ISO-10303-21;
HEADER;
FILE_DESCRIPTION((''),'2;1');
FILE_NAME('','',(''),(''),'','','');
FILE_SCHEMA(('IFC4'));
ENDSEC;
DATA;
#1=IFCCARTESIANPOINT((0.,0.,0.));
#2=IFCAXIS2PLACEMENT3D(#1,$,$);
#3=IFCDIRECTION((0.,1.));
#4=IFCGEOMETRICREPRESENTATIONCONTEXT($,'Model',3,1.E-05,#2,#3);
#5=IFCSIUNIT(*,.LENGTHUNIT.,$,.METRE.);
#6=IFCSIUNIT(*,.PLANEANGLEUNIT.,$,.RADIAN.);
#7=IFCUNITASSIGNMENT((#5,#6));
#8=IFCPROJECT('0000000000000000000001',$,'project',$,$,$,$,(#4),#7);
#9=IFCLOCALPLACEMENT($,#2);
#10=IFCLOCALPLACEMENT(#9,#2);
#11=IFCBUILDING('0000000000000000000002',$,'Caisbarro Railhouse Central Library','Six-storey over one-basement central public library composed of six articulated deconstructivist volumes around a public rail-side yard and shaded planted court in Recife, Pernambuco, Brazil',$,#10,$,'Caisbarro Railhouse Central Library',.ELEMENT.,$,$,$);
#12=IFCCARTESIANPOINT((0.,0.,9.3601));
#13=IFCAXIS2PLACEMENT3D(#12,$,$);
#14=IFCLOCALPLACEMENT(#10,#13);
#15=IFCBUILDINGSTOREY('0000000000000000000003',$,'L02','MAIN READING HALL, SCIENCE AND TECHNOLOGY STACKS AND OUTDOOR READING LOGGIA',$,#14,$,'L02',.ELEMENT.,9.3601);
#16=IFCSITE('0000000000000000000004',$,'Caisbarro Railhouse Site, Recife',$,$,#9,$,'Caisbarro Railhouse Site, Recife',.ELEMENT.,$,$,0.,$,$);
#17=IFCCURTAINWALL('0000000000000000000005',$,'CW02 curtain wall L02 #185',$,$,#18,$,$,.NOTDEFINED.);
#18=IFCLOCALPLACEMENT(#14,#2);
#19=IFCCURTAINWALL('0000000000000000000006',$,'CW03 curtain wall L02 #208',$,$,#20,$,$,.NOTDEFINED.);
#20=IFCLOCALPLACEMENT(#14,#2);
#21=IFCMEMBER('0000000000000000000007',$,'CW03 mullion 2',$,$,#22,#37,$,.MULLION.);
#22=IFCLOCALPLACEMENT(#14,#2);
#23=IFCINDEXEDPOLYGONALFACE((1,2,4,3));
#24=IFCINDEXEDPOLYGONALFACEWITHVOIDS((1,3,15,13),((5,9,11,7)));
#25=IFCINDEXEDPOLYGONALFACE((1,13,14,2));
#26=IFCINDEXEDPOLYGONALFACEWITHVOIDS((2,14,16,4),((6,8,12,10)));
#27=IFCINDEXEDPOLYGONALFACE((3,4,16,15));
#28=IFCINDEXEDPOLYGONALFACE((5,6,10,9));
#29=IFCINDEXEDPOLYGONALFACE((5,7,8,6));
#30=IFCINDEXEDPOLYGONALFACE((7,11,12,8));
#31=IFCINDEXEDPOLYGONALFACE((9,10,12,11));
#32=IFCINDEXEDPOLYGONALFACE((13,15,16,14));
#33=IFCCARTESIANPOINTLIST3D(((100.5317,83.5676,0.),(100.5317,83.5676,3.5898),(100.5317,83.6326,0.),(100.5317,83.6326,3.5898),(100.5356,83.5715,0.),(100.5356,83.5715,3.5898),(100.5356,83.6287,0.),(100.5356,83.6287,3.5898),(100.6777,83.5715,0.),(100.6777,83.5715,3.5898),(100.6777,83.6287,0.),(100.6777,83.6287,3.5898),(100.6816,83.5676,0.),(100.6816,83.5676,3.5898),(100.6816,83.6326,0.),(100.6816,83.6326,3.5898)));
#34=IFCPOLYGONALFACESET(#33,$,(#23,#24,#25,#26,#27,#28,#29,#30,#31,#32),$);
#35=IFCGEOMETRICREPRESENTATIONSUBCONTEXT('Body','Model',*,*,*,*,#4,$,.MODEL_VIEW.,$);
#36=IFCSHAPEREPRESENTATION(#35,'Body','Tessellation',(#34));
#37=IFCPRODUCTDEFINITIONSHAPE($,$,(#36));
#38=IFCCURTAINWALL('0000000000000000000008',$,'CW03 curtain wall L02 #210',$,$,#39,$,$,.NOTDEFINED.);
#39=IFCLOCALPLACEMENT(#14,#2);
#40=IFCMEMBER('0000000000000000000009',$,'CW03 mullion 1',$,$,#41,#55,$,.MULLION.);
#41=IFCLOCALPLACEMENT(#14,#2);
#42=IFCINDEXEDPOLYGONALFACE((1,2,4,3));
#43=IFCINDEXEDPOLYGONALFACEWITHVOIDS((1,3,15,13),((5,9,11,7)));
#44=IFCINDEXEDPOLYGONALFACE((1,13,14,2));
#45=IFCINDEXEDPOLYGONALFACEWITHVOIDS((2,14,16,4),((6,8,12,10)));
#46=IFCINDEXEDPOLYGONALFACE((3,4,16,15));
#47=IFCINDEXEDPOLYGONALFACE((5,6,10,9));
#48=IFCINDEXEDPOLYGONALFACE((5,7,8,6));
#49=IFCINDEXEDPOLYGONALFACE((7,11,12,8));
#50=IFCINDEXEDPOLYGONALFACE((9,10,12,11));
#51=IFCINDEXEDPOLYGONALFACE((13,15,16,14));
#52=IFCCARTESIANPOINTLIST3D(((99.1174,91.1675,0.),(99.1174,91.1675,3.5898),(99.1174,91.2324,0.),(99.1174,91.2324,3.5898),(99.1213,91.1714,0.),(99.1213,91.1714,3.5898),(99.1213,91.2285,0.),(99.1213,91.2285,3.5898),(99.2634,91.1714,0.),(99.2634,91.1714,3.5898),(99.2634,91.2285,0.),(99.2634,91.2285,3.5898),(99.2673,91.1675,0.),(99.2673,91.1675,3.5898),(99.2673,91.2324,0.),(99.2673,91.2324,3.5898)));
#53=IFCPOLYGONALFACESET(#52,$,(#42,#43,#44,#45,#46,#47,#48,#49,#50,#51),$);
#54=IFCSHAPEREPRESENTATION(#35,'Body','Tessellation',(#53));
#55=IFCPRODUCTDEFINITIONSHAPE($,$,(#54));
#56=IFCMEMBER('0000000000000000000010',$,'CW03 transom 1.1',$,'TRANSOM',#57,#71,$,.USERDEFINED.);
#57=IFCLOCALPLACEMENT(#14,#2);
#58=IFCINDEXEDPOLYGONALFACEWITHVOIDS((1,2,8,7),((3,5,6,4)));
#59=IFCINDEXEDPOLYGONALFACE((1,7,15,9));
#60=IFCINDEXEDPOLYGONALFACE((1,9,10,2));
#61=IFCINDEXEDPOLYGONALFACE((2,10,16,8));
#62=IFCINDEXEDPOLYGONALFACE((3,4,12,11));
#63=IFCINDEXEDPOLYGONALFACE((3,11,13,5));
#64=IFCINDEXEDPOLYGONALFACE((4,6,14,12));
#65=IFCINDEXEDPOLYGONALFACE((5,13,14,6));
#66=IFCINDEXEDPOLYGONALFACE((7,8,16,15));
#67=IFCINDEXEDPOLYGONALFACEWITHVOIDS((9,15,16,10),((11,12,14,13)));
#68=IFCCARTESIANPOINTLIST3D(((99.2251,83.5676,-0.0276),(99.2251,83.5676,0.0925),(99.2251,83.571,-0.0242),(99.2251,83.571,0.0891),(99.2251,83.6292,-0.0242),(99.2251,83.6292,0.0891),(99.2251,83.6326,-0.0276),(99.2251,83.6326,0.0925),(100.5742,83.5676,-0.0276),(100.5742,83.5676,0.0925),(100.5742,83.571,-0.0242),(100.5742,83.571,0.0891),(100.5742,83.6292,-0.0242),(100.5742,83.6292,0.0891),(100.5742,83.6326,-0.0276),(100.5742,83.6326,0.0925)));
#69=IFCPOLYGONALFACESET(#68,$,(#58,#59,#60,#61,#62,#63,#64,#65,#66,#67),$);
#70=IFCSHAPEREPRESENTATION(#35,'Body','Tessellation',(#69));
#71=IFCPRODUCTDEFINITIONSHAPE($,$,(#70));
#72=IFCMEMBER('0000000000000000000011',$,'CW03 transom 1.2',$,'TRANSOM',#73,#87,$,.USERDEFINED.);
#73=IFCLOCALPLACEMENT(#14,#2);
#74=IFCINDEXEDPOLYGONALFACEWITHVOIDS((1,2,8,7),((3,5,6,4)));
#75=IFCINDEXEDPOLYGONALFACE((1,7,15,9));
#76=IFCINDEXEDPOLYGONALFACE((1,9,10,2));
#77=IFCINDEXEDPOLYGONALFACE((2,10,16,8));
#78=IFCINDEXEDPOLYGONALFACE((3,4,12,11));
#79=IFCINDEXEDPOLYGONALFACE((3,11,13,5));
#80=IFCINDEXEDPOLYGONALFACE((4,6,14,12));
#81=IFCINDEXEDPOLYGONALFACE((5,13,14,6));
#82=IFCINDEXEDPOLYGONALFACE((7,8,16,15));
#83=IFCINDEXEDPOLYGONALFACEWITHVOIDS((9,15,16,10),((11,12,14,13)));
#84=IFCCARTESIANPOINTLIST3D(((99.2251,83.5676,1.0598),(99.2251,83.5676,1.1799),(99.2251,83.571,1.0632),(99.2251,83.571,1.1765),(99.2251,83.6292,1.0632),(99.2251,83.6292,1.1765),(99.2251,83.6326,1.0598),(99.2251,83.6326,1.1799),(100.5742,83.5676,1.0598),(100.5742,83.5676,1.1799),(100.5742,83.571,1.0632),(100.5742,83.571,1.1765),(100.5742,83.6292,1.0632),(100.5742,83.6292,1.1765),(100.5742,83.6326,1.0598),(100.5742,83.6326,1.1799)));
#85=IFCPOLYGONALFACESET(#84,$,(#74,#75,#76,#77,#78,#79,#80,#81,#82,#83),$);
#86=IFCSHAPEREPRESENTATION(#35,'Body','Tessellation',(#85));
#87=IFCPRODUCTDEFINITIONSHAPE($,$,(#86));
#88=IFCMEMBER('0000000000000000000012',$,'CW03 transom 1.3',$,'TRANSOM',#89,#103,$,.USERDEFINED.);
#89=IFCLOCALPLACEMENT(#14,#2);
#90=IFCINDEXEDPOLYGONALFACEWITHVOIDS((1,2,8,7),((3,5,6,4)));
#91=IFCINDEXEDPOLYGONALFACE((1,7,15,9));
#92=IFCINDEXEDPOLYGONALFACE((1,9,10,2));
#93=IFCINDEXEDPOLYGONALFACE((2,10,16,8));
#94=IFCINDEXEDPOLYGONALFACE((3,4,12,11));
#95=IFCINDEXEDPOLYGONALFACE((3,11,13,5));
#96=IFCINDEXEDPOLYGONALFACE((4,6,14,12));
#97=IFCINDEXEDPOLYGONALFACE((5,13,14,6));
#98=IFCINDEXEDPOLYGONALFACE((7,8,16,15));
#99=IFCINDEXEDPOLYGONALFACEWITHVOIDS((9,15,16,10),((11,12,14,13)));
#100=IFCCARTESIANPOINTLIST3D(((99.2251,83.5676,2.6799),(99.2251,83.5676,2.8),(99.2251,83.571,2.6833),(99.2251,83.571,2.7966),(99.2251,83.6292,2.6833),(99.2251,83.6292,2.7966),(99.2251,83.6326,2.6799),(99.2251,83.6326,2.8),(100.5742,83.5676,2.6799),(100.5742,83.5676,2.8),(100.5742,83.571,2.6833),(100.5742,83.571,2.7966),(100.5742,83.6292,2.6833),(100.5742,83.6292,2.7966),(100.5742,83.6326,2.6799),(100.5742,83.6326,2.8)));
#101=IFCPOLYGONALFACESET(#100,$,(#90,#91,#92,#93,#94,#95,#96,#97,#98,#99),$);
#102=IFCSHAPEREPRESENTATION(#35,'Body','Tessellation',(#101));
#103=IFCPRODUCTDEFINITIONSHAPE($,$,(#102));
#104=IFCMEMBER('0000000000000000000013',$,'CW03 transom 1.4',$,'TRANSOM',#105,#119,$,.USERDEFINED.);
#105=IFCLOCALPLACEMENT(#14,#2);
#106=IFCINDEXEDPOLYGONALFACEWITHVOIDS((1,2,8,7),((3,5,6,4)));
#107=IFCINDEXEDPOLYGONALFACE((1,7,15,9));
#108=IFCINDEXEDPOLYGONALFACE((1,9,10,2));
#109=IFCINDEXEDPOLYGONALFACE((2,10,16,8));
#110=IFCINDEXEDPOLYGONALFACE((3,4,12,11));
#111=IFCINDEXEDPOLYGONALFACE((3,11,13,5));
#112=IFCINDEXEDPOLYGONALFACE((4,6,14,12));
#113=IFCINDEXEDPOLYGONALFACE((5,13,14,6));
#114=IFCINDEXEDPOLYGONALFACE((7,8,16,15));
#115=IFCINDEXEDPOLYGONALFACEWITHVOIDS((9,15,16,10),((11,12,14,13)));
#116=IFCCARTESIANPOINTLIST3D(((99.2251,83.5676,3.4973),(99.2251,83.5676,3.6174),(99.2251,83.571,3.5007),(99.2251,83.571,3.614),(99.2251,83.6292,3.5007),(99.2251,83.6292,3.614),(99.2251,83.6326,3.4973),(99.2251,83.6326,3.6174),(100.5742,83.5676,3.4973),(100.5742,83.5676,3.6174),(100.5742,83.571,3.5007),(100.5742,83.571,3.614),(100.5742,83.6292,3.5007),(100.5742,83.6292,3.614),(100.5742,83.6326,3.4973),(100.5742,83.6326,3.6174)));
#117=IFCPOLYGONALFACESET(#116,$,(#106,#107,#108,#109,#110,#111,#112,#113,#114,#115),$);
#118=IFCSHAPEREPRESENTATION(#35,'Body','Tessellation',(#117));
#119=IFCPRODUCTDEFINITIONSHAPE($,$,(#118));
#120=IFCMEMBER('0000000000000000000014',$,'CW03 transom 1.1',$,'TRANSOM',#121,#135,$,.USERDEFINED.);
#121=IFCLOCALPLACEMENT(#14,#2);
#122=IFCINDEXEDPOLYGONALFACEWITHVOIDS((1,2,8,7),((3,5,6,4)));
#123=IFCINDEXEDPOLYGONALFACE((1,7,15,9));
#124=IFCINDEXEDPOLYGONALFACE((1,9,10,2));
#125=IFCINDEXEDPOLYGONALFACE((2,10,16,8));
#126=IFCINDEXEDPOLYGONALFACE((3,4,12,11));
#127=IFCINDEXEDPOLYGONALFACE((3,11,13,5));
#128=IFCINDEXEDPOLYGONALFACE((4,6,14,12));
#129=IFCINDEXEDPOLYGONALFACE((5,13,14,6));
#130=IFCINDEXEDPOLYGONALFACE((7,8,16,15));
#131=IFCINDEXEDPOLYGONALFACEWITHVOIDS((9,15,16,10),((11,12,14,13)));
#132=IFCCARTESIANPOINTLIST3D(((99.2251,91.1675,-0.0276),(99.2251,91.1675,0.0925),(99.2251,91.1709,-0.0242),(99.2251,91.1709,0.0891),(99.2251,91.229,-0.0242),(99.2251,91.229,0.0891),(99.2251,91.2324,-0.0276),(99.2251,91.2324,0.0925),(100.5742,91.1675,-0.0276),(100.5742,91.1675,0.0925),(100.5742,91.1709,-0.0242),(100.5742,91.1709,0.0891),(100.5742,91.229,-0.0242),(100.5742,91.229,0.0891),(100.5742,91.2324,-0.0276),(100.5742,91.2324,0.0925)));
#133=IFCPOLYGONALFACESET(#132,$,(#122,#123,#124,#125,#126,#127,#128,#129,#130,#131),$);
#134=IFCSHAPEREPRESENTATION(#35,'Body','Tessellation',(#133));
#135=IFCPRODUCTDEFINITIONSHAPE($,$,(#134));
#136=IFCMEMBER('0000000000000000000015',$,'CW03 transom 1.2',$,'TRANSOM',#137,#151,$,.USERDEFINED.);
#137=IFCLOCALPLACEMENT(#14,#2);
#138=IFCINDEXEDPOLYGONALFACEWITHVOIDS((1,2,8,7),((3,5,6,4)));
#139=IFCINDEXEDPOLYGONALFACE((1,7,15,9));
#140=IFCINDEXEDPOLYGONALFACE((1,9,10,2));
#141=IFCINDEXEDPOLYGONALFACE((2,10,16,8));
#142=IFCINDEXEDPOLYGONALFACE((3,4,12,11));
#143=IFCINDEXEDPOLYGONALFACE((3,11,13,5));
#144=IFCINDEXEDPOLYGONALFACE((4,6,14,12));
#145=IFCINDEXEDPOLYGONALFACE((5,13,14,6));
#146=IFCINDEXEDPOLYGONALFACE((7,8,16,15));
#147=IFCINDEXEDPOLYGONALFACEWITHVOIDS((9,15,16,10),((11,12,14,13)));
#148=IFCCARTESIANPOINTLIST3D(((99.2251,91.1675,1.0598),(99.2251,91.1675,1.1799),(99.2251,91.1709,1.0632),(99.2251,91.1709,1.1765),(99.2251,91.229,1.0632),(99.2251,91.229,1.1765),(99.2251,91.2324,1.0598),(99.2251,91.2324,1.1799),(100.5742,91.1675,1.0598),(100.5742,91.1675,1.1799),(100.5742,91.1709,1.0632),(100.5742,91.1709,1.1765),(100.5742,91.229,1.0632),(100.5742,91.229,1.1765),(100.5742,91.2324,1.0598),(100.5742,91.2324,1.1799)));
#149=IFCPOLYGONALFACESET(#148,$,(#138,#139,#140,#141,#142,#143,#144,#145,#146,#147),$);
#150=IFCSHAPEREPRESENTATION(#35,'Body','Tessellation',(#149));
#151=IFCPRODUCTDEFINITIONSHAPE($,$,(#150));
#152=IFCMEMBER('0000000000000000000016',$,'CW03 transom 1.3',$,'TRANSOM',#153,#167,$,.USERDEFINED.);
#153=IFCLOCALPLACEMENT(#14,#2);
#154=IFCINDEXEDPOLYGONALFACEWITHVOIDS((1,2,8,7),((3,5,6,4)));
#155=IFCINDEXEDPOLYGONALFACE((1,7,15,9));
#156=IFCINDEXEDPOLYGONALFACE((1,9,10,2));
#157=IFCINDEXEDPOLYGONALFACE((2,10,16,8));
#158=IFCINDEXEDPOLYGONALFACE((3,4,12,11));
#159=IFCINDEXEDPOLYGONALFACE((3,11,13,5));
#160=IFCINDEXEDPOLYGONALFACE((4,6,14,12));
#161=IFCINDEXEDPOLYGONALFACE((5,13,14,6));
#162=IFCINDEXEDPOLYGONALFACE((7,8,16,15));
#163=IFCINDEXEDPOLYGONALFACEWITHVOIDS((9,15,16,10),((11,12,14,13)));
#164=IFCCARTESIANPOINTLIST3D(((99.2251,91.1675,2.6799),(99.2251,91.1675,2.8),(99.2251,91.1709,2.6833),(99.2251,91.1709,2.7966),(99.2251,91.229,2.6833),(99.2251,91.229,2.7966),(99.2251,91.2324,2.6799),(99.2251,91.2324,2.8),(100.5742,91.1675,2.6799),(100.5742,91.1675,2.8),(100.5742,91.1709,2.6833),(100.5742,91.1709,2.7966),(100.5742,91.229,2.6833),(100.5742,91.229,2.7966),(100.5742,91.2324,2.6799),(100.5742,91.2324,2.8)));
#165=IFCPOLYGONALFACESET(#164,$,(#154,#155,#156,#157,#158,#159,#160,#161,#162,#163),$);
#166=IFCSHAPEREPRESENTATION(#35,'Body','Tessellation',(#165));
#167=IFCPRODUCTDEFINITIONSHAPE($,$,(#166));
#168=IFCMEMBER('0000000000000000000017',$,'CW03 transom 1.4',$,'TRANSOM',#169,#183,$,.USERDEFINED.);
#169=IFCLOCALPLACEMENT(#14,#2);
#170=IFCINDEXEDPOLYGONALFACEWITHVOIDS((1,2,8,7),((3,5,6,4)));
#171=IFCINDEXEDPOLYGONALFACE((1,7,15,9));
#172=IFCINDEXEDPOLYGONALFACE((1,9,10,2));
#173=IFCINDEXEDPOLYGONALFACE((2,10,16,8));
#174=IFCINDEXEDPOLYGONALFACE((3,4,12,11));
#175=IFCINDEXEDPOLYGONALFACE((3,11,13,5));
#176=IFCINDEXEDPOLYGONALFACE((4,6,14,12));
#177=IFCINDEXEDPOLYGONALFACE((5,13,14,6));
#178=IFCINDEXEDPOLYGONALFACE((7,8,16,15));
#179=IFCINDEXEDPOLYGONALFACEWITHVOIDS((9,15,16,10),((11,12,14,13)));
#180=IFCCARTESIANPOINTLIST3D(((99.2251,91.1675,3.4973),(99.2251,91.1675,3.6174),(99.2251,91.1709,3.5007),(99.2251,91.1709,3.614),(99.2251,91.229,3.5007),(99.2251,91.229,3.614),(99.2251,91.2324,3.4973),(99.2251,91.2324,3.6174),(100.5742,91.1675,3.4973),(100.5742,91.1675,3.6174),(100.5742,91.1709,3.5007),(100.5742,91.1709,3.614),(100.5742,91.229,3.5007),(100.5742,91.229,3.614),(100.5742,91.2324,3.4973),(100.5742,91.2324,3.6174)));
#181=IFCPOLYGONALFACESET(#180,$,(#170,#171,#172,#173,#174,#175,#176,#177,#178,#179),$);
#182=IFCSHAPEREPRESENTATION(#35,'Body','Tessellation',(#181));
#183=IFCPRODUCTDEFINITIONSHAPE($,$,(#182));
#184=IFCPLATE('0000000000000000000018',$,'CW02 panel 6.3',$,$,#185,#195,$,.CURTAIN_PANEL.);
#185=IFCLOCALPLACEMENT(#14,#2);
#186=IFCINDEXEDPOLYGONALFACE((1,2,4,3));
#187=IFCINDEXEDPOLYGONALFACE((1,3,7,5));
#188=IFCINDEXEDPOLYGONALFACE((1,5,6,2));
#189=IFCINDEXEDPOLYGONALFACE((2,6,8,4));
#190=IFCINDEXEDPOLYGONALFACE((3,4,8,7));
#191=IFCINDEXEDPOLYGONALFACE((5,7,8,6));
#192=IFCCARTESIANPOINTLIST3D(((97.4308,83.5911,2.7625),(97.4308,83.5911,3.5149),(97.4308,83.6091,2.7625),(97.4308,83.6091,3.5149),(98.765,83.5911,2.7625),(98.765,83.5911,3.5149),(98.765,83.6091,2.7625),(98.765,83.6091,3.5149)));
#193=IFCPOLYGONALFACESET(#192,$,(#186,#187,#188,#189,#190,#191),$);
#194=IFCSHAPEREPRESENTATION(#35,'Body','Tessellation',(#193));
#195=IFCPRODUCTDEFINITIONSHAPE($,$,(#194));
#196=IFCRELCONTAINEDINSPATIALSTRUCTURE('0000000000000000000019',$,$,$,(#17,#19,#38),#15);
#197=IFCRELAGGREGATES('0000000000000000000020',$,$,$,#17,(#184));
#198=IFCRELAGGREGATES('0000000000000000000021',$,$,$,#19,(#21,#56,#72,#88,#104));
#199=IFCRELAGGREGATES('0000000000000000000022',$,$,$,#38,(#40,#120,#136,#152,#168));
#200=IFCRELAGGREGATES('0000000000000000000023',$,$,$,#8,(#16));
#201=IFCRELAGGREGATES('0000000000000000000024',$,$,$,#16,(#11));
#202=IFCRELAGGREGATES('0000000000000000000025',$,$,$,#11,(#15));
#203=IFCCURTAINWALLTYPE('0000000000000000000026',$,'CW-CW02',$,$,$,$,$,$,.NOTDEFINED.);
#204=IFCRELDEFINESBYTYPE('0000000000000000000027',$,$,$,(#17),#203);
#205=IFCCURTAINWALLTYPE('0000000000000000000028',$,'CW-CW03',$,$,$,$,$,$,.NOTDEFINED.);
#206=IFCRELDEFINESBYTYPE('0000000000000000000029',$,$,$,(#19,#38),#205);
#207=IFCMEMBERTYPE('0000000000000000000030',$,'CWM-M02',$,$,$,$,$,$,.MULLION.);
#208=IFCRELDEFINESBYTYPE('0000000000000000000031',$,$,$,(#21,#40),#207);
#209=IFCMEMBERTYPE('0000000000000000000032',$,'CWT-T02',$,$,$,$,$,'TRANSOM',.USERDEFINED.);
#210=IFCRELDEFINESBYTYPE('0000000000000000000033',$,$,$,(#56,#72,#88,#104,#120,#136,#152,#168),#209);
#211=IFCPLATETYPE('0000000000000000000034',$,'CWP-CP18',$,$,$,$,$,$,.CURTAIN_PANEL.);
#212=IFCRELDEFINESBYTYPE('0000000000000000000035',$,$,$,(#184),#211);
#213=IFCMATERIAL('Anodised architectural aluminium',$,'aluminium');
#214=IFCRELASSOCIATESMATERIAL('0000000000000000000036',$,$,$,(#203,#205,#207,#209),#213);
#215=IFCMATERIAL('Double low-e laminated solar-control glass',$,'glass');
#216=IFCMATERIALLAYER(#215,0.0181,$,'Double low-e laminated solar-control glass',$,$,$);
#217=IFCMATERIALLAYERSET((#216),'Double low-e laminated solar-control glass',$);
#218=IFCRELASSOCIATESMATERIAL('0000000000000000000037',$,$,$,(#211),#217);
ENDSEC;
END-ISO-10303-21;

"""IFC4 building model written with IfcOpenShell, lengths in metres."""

from ifc_helpers import new_model, si_unit, direction, frame, origin, origin_2d, place, context, subcontext, project, spatial, rectangle, hollow_rectangle, extrude, material, layer, layer_set, material_profile, profile_set, type_object, element, aggregate, save


model = new_model("IFC4")

# Units and contexts
model_context = context("Model", 3, precision=1e-05, world=origin(), true_north=direction((0.0, 1.0)))
body_context = subcontext(model_context, "Body", "Model", "MODEL_VIEW")
ifc_project = project(units=[si_unit("LENGTHUNIT", "METRE"), si_unit("PLANEANGLEUNIT", "RADIAN")], contexts=[model_context])

# Site, building, storey
site_placement = place(None, origin())
site = spatial("IfcSite", under=ifc_project, at=site_placement, Name="Caisbarro Railhouse Site, Recife", LongName="Caisbarro Railhouse Site, Recife", CompositionType="ELEMENT", RefElevation=0.0)
building_placement = place(site_placement, origin())
building = spatial("IfcBuilding", under=site, at=building_placement, Name="Caisbarro Railhouse Central Library", Description="Six-storey over one-basement central public library composed of six articulated deconstructivist volumes around a public rail-side yard and shaded planted court in Recife, Pernambuco, Brazil", LongName="Caisbarro Railhouse Central Library", CompositionType="ELEMENT")
storey_placement = place(building_placement, frame((0.0, 0.0, 9.3601)))
storey = spatial("IfcBuildingStorey", under=building, at=storey_placement, Name="L02", Description="MAIN READING HALL, SCIENCE AND TECHNOLOGY STACKS AND OUTDOOR READING LOGGIA", LongName="L02", CompositionType="ELEMENT", Elevation=9.3601)

# Curtain wall
ifc_material_1 = material(Name="Anodised architectural aluminium", Category="aluminium")
curtain_wall_type_1 = type_object("IfcCurtainWallType", Name="CW-CW02", PredefinedType="NOTDEFINED", material=ifc_material_1)
curtain_wall_1_placement = place(storey_placement, origin())
curtain_wall_1 = element("IfcCurtainWall", 1, at=curtain_wall_1_placement, inside=storey, type_object=curtain_wall_type_1, Name="CW02 curtain wall L02 #185", PredefinedType="NOTDEFINED")

# Curtain wall, member
curtain_wall_type_2 = type_object("IfcCurtainWallType", Name="CW-CW03", PredefinedType="NOTDEFINED", material=ifc_material_1)
curtain_wall_2_placement = place(storey_placement, origin())
curtain_wall_2 = element("IfcCurtainWall", 2, at=curtain_wall_2_placement, inside=storey, type_object=curtain_wall_type_2, Name="CW03 curtain wall L02 #208", PredefinedType="NOTDEFINED")
ifc_material_profile_1 = material_profile(ifc_material_1, hollow_rectangle(XDim=0.0649, YDim=0.1499, WallThickness=0.0039, at=origin_2d()), Name="ALU-MUL-65X150")
ifc_profile_set_1 = profile_set([ifc_material_profile_1], Name="Anodised architectural aluminium")
member_type_1 = type_object("IfcMemberType", Name="CWM-M02", PredefinedType="MULLION", material=ifc_profile_set_1)
member_1_placement = place(storey_placement, frame((100.6067, 83.6001, 0.0), z_axis=(0.0, 0.0, 1.0), x_axis=(0.0, 1.0, 0.0)))
member_1 = element("IfcMember", 3, at=member_1_placement, type_object=member_type_1, Name="CW03 mullion 2", PredefinedType="MULLION", context=body_context, shape_type="SweptSolid", body=[
    extrude(hollow_rectangle(XDim=0.0649, YDim=0.1499, WallThickness=0.0039, at=origin_2d()), origin(), (0.0, 0.0, 1.0), 3.5898),
])

# Curtain wall, member
curtain_wall_3_placement = place(storey_placement, origin())
curtain_wall_3 = element("IfcCurtainWall", 4, at=curtain_wall_3_placement, inside=storey, type_object=curtain_wall_type_2, Name="CW03 curtain wall L02 #210", PredefinedType="NOTDEFINED")
member_2_placement = place(storey_placement, frame((99.1924, 91.2, 0.0), z_axis=(0.0, 0.0, 1.0), x_axis=(0.0, 1.0, 0.0)))
member_2 = element("IfcMember", 5, at=member_2_placement, type_object=member_type_1, Name="CW03 mullion 1", PredefinedType="MULLION", context=body_context, shape_type="SweptSolid", body=[
    extrude(hollow_rectangle(XDim=0.0649, YDim=0.1499, WallThickness=0.0039, at=origin_2d()), origin(), (0.0, 0.0, 1.0), 3.5898),
])

# Members
ifc_material_profile_2 = material_profile(ifc_material_1, hollow_rectangle(XDim=0.0649, YDim=0.1201, WallThickness=0.0034, at=origin_2d()), Name="ALU-TRN-65X120")
ifc_profile_set_2 = profile_set([ifc_material_profile_2], Name="Anodised architectural aluminium")
member_type_2 = type_object("IfcMemberType", Name="CWT-T02", ElementType="TRANSOM", PredefinedType="USERDEFINED", material=ifc_profile_set_2)
member_3_placement = place(storey_placement, frame((99.2251, 83.6001, 0.0325), z_axis=(1.0, 0.0, 0.0), x_axis=(0.0, 1.0, 0.0)))
member_3 = element("IfcMember", 6, at=member_3_placement, type_object=member_type_2, Name="CW03 transom 1.1", ObjectType="TRANSOM", PredefinedType="USERDEFINED", context=body_context, shape_type="SweptSolid", body=[
    extrude(hollow_rectangle(XDim=0.0649, YDim=0.1201, WallThickness=0.0034, at=origin_2d()), origin(), (0.0, 0.0, 1.0), 1.3491),
])
member_4_placement = place(storey_placement, frame((99.2251, 83.6001, 1.1199), z_axis=(1.0, 0.0, 0.0), x_axis=(0.0, 1.0, 0.0)))
member_4 = element("IfcMember", 7, at=member_4_placement, type_object=member_type_2, Name="CW03 transom 1.2", ObjectType="TRANSOM", PredefinedType="USERDEFINED", context=body_context, shape_type="SweptSolid", body=[
    extrude(hollow_rectangle(XDim=0.0649, YDim=0.1201, WallThickness=0.0034, at=origin_2d()), origin(), (0.0, 0.0, 1.0), 1.3491),
])
member_5_placement = place(storey_placement, frame((99.2251, 83.6001, 2.74), z_axis=(1.0, 0.0, 0.0), x_axis=(0.0, 1.0, 0.0)))
member_5 = element("IfcMember", 8, at=member_5_placement, type_object=member_type_2, Name="CW03 transom 1.3", ObjectType="TRANSOM", PredefinedType="USERDEFINED", context=body_context, shape_type="SweptSolid", body=[
    extrude(hollow_rectangle(XDim=0.0649, YDim=0.1201, WallThickness=0.0034, at=origin_2d()), origin(), (0.0, 0.0, 1.0), 1.3491),
])
member_6_placement = place(storey_placement, frame((99.2251, 83.6001, 3.5574), z_axis=(1.0, 0.0, 0.0), x_axis=(0.0, 1.0, 0.0)))
member_6 = element("IfcMember", 9, at=member_6_placement, type_object=member_type_2, Name="CW03 transom 1.4", ObjectType="TRANSOM", PredefinedType="USERDEFINED", context=body_context, shape_type="SweptSolid", body=[
    extrude(hollow_rectangle(XDim=0.0649, YDim=0.1201, WallThickness=0.0034, at=origin_2d()), origin(), (0.0, 0.0, 1.0), 1.3491),
])
member_7_placement = place(storey_placement, frame((99.2251, 91.2, 0.0325), z_axis=(1.0, 0.0, 0.0), x_axis=(0.0, 1.0, 0.0)))
member_7 = element("IfcMember", 10, at=member_7_placement, type_object=member_type_2, Name="CW03 transom 1.1", ObjectType="TRANSOM", PredefinedType="USERDEFINED", context=body_context, shape_type="SweptSolid", body=[
    extrude(hollow_rectangle(XDim=0.0649, YDim=0.1201, WallThickness=0.0034, at=origin_2d()), origin(), (0.0, 0.0, 1.0), 1.3491),
])
member_8_placement = place(storey_placement, frame((99.2251, 91.2, 1.1199), z_axis=(1.0, 0.0, 0.0), x_axis=(0.0, 1.0, 0.0)))
member_8 = element("IfcMember", 11, at=member_8_placement, type_object=member_type_2, Name="CW03 transom 1.2", ObjectType="TRANSOM", PredefinedType="USERDEFINED", context=body_context, shape_type="SweptSolid", body=[
    extrude(hollow_rectangle(XDim=0.0649, YDim=0.1201, WallThickness=0.0034, at=origin_2d()), origin(), (0.0, 0.0, 1.0), 1.3491),
])
member_9_placement = place(storey_placement, frame((99.2251, 91.2, 2.74), z_axis=(1.0, 0.0, 0.0), x_axis=(0.0, 1.0, 0.0)))
member_9 = element("IfcMember", 12, at=member_9_placement, type_object=member_type_2, Name="CW03 transom 1.3", ObjectType="TRANSOM", PredefinedType="USERDEFINED", context=body_context, shape_type="SweptSolid", body=[
    extrude(hollow_rectangle(XDim=0.0649, YDim=0.1201, WallThickness=0.0034, at=origin_2d()), origin(), (0.0, 0.0, 1.0), 1.3491),
])
member_10_placement = place(storey_placement, frame((99.2251, 91.2, 3.5574), z_axis=(1.0, 0.0, 0.0), x_axis=(0.0, 1.0, 0.0)))
member_10 = element("IfcMember", 13, at=member_10_placement, type_object=member_type_2, Name="CW03 transom 1.4", ObjectType="TRANSOM", PredefinedType="USERDEFINED", context=body_context, shape_type="SweptSolid", body=[
    extrude(hollow_rectangle(XDim=0.0649, YDim=0.1201, WallThickness=0.0034, at=origin_2d()), origin(), (0.0, 0.0, 1.0), 1.3491),
])

# Plate
ifc_material_2 = material(Name="Double low-e laminated solar-control glass", Category="glass")
ifc_layer_1 = layer(ifc_material_2, 0.0181, Name="Double low-e laminated solar-control glass")
ifc_layer_set_1 = layer_set([ifc_layer_1], Name="Double low-e laminated solar-control glass")
plate_type = type_object("IfcPlateType", Name="CWP-CP18", PredefinedType="CURTAIN_PANEL", material=ifc_layer_set_1)
plate_1_placement = place(storey_placement, frame((98.0979, 83.6001, 2.7625), z_axis=(0.0, 0.0, 1.0), x_axis=(1.0, 0.0, 0.0)))
plate_1 = element("IfcPlate", 14, at=plate_1_placement, type_object=plate_type, Name="CW02 panel 6.3", PredefinedType="CURTAIN_PANEL", context=body_context, shape_type="SweptSolid", body=[
    extrude(rectangle(XDim=1.3342, YDim=0.0181, at=origin_2d()), origin(), (0.0, 0.0, 1.0), 0.7524),
])
aggregate(curtain_wall_1, [plate_1])
aggregate(curtain_wall_2, [member_1, member_3, member_4, member_5, member_6])
aggregate(curtain_wall_3, [member_2, member_7, member_8, member_9, member_10])

save(model, "model.ifc")
